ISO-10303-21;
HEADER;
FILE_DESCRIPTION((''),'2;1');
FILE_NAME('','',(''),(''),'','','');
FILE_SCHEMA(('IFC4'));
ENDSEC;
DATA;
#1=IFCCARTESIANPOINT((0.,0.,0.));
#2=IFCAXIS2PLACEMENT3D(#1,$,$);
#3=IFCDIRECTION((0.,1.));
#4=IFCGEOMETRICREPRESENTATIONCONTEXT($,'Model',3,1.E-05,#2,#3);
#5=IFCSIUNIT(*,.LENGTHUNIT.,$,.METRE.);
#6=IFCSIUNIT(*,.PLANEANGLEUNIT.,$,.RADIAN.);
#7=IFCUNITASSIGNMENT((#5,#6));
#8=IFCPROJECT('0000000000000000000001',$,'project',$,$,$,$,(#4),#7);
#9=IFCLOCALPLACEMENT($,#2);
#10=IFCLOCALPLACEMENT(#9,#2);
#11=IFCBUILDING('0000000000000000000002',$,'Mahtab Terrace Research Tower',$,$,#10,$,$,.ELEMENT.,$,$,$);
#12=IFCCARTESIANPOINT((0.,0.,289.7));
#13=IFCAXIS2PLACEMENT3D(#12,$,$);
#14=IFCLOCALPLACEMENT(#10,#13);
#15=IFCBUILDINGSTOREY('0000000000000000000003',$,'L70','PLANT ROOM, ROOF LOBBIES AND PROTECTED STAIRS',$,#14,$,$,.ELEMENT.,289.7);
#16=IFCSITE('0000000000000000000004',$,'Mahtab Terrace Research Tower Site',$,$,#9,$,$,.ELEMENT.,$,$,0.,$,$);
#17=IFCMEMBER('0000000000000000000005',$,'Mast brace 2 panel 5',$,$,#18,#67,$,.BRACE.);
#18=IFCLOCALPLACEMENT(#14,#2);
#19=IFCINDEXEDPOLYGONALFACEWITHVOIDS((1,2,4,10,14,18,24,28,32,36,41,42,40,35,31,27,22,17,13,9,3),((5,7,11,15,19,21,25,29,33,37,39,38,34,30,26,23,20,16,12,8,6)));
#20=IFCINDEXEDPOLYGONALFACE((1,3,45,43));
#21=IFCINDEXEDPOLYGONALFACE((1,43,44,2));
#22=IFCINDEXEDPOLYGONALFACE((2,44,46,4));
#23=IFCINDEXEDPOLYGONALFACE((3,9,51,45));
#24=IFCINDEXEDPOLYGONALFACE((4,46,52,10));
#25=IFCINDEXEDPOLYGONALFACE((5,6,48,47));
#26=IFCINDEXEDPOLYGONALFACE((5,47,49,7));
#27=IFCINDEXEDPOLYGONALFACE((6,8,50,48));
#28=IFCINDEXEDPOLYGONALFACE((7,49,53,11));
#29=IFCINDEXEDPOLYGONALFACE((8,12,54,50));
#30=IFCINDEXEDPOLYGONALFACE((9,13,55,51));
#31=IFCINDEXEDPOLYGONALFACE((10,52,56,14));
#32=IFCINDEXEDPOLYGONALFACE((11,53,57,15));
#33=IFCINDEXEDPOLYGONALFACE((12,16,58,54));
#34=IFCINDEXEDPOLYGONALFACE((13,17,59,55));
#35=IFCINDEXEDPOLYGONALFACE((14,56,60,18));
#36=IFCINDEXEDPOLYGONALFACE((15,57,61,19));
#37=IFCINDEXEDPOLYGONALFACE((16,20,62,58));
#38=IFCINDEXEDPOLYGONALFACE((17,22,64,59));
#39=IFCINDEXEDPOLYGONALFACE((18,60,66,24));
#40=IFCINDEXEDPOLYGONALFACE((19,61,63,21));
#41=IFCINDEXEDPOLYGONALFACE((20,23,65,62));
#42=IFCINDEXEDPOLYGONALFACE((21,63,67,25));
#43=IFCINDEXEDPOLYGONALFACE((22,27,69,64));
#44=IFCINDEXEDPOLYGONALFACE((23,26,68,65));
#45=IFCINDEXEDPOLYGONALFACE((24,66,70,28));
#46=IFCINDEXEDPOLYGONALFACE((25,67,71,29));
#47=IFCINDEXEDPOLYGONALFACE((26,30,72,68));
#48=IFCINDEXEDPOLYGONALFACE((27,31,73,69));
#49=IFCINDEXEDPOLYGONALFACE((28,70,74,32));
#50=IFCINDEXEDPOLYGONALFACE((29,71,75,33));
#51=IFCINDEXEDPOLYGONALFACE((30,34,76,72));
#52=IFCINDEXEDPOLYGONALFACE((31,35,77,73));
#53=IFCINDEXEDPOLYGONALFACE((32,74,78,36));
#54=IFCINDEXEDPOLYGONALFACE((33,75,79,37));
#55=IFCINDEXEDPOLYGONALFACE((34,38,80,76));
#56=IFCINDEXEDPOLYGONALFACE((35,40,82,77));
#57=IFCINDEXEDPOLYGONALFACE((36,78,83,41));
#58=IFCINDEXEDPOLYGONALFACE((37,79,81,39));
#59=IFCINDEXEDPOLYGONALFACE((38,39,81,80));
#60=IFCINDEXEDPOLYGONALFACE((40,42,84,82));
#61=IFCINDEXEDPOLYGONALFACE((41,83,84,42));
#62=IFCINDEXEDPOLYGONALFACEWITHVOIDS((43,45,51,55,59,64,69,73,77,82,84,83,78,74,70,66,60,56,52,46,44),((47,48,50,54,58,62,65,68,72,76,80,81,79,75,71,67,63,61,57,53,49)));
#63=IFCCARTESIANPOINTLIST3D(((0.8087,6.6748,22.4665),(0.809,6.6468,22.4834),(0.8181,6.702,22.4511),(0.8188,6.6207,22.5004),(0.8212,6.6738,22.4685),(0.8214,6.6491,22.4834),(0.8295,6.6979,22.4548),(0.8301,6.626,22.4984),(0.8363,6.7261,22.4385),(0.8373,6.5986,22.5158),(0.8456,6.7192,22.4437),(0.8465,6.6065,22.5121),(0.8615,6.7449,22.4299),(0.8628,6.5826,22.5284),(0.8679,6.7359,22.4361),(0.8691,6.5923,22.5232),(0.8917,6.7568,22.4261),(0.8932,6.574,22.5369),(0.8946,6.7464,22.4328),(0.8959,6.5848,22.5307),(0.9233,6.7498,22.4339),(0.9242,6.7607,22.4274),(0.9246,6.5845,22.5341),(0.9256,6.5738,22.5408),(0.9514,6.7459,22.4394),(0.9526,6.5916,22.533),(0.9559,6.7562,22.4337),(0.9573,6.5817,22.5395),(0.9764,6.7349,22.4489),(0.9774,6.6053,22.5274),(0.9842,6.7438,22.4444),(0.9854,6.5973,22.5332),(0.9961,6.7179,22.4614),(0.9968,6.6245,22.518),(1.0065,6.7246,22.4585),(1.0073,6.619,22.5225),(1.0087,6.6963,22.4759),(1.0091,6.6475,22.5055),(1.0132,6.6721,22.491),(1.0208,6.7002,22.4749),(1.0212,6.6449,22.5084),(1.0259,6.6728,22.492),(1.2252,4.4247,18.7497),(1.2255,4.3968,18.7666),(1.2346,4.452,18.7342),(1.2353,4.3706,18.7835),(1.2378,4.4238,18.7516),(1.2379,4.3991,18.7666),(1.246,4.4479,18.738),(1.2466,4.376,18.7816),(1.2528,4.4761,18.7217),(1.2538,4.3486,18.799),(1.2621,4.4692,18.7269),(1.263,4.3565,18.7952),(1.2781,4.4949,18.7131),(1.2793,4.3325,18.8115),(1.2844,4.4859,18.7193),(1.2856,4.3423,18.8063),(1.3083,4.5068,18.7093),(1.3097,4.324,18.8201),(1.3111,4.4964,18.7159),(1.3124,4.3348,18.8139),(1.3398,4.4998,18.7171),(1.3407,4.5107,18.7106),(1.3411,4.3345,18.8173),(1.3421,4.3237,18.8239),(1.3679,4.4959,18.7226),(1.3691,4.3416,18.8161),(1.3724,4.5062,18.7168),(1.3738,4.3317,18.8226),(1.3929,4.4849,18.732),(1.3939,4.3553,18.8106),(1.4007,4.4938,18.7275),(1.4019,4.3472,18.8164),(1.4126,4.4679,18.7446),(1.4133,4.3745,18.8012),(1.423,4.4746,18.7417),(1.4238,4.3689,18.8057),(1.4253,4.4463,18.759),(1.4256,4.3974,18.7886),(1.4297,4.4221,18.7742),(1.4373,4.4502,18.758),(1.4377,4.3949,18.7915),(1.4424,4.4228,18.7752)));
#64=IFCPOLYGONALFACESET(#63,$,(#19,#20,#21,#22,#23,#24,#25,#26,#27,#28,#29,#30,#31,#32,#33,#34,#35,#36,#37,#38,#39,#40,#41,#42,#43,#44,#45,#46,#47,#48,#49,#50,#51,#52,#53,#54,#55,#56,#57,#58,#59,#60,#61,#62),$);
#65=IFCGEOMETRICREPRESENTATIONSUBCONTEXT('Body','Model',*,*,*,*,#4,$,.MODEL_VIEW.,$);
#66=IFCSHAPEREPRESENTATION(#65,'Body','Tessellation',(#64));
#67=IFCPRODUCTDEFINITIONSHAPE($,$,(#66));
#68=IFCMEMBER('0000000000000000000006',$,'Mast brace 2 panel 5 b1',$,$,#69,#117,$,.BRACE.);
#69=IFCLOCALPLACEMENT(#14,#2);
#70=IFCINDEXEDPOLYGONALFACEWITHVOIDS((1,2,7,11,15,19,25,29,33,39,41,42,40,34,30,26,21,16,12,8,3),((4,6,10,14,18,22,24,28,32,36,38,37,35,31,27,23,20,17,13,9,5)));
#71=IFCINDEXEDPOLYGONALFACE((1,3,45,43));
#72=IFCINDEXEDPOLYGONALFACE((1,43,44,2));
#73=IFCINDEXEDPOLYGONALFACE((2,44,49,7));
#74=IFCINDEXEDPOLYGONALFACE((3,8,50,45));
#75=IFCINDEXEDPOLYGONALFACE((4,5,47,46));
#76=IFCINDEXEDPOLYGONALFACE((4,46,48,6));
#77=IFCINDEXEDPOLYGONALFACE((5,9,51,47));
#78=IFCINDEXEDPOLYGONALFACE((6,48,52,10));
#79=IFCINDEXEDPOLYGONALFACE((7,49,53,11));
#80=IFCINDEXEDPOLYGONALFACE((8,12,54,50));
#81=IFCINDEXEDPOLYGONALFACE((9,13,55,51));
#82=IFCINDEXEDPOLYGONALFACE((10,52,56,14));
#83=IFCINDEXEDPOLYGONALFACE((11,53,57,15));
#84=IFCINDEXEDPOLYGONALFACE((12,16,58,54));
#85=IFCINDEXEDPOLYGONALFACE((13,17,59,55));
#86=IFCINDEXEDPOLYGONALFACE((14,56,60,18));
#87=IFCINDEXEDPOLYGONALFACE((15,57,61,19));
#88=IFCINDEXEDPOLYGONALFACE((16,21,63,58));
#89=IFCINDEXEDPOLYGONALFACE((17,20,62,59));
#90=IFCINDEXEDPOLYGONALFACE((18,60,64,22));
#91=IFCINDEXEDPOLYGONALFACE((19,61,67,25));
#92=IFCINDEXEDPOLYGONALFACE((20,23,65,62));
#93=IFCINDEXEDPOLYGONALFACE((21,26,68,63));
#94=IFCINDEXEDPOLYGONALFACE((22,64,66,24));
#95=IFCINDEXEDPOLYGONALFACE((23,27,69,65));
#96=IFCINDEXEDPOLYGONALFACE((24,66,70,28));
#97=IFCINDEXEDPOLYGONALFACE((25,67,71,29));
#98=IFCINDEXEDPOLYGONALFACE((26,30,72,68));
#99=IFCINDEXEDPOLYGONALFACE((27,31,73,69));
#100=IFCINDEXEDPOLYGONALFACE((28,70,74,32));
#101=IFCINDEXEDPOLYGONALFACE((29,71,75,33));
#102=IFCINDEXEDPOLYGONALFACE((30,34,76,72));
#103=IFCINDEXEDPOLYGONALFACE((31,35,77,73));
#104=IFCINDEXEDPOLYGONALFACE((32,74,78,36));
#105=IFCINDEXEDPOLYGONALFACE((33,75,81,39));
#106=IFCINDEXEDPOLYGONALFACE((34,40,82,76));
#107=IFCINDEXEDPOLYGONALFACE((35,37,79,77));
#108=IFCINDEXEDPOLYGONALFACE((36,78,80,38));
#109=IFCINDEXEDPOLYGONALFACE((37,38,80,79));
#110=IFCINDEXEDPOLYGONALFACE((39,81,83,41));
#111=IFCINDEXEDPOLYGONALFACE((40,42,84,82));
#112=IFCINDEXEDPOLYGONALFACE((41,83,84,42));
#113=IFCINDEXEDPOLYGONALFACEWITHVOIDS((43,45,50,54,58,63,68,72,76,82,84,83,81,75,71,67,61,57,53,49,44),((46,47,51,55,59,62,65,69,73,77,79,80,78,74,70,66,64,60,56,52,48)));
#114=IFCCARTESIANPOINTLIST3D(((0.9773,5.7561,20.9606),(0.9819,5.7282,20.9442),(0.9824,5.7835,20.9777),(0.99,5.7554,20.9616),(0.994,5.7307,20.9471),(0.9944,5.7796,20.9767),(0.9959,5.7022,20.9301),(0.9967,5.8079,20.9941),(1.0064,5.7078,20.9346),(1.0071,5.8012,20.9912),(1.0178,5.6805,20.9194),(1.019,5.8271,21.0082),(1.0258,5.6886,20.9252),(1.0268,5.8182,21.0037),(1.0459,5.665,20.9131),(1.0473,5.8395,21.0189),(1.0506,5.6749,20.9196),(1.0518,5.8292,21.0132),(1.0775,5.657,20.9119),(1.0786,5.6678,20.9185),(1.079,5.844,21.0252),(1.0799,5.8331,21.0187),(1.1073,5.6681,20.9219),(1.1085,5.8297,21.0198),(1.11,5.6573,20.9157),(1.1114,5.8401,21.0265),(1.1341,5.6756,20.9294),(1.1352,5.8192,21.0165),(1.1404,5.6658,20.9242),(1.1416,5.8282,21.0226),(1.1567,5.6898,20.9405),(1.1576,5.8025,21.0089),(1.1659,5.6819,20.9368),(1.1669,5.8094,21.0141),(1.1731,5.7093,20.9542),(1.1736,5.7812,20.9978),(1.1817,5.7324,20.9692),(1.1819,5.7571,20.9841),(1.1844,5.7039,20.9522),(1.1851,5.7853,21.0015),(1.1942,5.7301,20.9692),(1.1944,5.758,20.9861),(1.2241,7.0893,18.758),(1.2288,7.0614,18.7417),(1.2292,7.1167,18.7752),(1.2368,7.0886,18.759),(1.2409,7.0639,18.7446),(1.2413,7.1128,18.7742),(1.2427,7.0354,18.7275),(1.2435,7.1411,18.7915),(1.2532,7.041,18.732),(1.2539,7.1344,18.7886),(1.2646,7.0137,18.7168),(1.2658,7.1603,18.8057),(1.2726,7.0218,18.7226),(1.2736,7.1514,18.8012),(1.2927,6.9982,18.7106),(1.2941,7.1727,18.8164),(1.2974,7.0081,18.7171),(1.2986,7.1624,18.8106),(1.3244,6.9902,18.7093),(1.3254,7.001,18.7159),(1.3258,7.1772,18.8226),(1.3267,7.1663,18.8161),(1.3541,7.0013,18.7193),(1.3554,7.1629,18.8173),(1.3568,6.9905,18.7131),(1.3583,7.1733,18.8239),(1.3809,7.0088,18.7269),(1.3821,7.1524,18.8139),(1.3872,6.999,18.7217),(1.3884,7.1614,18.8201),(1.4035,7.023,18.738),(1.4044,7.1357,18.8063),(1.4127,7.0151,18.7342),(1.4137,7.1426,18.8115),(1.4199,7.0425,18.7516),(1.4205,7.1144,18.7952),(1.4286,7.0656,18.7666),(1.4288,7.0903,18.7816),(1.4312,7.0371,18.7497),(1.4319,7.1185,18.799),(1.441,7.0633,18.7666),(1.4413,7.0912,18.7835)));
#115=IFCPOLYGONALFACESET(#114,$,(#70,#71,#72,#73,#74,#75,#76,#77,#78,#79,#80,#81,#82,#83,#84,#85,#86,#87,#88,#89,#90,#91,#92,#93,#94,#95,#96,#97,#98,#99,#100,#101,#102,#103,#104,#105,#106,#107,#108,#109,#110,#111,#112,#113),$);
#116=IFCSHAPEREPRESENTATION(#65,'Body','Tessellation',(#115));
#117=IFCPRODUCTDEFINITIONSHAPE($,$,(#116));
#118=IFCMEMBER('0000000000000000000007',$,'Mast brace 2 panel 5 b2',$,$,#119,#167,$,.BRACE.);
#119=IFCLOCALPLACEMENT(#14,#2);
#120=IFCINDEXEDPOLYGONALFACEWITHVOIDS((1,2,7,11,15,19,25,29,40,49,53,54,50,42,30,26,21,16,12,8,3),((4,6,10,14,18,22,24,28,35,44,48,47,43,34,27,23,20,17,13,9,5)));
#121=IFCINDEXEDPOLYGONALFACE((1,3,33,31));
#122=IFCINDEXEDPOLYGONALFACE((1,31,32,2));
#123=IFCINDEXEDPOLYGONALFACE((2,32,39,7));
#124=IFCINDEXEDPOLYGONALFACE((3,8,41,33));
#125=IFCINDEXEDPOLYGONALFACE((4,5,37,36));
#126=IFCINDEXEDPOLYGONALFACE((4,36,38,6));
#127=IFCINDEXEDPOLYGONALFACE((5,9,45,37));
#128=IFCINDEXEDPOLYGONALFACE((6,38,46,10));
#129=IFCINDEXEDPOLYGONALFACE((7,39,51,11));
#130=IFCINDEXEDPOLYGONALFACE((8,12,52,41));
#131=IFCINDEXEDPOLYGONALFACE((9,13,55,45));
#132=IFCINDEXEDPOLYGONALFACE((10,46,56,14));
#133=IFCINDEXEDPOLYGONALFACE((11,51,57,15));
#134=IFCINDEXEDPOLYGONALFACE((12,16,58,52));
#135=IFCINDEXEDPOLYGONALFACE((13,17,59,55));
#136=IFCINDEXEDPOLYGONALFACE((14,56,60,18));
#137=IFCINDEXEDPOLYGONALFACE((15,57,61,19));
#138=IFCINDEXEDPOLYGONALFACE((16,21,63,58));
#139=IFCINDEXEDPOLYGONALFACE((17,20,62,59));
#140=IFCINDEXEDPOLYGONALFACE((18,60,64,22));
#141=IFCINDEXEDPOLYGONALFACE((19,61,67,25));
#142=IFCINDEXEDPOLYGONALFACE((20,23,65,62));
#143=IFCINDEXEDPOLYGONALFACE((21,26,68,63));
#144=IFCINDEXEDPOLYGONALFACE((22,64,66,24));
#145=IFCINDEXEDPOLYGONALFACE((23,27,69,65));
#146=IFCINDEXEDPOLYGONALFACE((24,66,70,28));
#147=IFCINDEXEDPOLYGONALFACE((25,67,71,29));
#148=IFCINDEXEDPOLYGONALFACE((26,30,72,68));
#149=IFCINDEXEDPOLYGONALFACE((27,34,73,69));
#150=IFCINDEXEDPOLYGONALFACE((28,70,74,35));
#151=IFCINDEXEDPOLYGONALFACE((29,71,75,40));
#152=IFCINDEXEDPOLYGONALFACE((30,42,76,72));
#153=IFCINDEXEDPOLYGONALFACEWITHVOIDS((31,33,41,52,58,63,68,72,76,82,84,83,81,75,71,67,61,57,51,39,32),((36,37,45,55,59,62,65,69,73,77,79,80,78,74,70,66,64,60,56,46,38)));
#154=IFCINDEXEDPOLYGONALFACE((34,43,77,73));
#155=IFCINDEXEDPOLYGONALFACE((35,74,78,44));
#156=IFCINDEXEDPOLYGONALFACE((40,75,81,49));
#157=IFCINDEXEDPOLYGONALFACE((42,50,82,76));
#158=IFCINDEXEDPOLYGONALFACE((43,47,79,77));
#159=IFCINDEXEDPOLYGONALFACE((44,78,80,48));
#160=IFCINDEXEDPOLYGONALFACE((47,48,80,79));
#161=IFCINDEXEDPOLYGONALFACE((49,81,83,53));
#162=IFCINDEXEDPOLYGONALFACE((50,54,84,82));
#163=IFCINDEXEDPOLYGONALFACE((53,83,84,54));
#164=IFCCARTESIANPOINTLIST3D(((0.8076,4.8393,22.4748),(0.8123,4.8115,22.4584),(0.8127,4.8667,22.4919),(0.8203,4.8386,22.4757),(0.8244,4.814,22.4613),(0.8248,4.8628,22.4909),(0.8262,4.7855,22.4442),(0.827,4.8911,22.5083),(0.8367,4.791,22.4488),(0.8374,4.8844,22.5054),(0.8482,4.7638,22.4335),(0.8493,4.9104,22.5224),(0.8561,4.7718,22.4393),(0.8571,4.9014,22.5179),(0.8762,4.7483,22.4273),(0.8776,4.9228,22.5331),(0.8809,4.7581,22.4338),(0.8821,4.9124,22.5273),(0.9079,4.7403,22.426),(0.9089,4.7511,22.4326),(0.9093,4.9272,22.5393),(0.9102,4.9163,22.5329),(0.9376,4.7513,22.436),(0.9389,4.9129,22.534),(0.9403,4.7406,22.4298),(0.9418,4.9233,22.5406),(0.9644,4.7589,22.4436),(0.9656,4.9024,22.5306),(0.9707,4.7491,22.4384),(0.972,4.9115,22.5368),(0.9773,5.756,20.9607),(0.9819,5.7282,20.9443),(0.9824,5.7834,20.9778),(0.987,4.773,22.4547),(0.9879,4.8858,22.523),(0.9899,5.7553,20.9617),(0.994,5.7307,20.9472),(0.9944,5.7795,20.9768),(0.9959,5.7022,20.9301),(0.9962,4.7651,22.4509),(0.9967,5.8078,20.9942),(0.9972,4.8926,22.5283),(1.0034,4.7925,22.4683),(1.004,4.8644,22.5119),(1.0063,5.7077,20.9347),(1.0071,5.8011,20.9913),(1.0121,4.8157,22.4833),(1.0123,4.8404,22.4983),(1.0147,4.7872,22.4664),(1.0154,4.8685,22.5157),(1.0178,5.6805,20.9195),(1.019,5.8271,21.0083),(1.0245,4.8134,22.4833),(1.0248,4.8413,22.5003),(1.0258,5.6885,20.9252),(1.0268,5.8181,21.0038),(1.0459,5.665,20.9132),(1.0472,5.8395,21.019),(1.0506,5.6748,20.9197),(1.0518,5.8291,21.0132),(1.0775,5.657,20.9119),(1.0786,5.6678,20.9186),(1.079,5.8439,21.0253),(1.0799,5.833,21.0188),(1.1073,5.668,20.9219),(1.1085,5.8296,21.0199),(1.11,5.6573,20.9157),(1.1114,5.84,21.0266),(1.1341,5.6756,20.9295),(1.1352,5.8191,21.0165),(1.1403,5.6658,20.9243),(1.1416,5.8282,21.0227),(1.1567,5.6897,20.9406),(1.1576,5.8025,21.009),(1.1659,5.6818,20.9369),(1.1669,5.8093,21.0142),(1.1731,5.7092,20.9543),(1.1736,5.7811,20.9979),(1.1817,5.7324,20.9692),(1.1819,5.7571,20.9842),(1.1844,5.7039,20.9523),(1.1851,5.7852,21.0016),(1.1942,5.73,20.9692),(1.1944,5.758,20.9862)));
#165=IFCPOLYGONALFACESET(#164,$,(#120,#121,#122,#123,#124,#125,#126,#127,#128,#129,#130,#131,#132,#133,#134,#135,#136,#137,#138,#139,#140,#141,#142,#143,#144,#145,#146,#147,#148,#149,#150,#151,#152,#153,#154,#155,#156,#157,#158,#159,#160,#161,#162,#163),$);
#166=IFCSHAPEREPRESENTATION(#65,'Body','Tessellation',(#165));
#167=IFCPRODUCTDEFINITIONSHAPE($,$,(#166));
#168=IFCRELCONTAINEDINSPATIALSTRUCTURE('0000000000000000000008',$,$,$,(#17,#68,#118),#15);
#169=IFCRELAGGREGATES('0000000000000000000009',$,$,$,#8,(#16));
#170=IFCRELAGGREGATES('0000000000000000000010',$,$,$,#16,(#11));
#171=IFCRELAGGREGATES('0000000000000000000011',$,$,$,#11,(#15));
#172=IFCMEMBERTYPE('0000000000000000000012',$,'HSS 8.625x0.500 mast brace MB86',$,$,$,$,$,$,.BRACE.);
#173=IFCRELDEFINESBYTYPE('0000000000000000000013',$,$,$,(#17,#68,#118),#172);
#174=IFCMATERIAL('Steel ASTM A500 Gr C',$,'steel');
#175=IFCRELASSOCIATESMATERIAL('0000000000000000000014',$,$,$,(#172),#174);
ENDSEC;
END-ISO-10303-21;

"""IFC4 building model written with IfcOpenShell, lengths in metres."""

from ifc_helpers import new_model, si_unit, direction, frame, origin, origin_2d, place, context, subcontext, project, spatial, hollow_circle, extrude, material, material_profile, profile_set, type_object, element, save


model = new_model("IFC4")

# Units and contexts
model_context = context("Model", 3, precision=1e-05, world=origin(), true_north=direction((0.0, 1.0)))
body_context = subcontext(model_context, "Body", "Model", "MODEL_VIEW")
ifc_project = project(units=[si_unit("LENGTHUNIT", "METRE"), si_unit("PLANEANGLEUNIT", "RADIAN")], contexts=[model_context])

# Site, building, storey
site_placement = place(None, origin())
site = spatial("IfcSite", under=ifc_project, at=site_placement, Name="Mahtab Terrace Research Tower Site", CompositionType="ELEMENT", RefElevation=0.0)
building_placement = place(site_placement, origin())
building = spatial("IfcBuilding", under=site, at=building_placement, Name="Mahtab Terrace Research Tower", CompositionType="ELEMENT")
storey_placement = place(building_placement, frame((0.0, 0.0, 289.7)))
storey = spatial("IfcBuildingStorey", under=building, at=storey_placement, Name="L70", Description="PLANT ROOM, ROOF LOBBIES AND PROTECTED STAIRS", CompositionType="ELEMENT", Elevation=289.7)

# Members
ifc_material_1 = material(Name="Steel ASTM A500 Gr C", Category="steel")
ifc_material_profile_1 = material_profile(ifc_material_1, hollow_circle(Radius=0.1096, WallThickness=0.0127, at=origin_2d()), Name="HSS8.625X0.500")
ifc_profile_set_1 = profile_set([ifc_material_profile_1], Name="Steel ASTM A500 Gr C")
member_type_1 = type_object("IfcMemberType", Name="HSS 8.625x0.500 mast brace MB86", PredefinedType="BRACE", material=ifc_profile_set_1)
member_1_placement = place(storey_placement, frame((1.3333, 4.4167, 18.7666), z_axis=(-0.095426, 0.5155, 0.85156), x_axis=(-0.983295, -0.18202, 0.0)))
element("IfcMember", 1, at=member_1_placement, inside=storey, type_object=member_type_1, Name="Mast brace 2 panel 5", PredefinedType="BRACE", context=body_context, shape_type="SweptSolid", body=[
    extrude(hollow_circle(Radius=0.1096, WallThickness=0.0127, at=origin_2d()), origin(), (0.0, 0.0, 1.0), 4.3647),
])
member_2_placement = place(storey_placement, frame((1.3333, 7.0833, 18.7666), z_axis=(-0.095428, -0.515461, 0.851583), x_axis=(0.983292, -0.182038, 0.0)))
element("IfcMember", 2, at=member_2_placement, inside=storey, type_object=member_type_1, Name="Mast brace 2 panel 5 b1", PredefinedType="BRACE", context=body_context, shape_type="SweptSolid", body=[
    extrude(hollow_circle(Radius=0.1096, WallThickness=0.0127, at=origin_2d()), origin(), (0.0, 0.0, 1.0), 2.5864),
])
member_3_placement = place(storey_placement, frame((1.0864, 5.75, 20.9692), z_axis=(-0.095423, -0.515556, 0.851526), x_axis=(0.983299, -0.181995, 0.0)))
element("IfcMember", 3, at=member_3_placement, inside=storey, type_object=member_type_1, Name="Mast brace 2 panel 5 b2", PredefinedType="BRACE", context=body_context, shape_type="SweptSolid", body=[
    extrude(hollow_circle(Radius=0.1096, WallThickness=0.0127, at=origin_2d()), origin(), (0.0, 0.0, 1.0), 1.7781),
])

save(model, "model.ifc")
